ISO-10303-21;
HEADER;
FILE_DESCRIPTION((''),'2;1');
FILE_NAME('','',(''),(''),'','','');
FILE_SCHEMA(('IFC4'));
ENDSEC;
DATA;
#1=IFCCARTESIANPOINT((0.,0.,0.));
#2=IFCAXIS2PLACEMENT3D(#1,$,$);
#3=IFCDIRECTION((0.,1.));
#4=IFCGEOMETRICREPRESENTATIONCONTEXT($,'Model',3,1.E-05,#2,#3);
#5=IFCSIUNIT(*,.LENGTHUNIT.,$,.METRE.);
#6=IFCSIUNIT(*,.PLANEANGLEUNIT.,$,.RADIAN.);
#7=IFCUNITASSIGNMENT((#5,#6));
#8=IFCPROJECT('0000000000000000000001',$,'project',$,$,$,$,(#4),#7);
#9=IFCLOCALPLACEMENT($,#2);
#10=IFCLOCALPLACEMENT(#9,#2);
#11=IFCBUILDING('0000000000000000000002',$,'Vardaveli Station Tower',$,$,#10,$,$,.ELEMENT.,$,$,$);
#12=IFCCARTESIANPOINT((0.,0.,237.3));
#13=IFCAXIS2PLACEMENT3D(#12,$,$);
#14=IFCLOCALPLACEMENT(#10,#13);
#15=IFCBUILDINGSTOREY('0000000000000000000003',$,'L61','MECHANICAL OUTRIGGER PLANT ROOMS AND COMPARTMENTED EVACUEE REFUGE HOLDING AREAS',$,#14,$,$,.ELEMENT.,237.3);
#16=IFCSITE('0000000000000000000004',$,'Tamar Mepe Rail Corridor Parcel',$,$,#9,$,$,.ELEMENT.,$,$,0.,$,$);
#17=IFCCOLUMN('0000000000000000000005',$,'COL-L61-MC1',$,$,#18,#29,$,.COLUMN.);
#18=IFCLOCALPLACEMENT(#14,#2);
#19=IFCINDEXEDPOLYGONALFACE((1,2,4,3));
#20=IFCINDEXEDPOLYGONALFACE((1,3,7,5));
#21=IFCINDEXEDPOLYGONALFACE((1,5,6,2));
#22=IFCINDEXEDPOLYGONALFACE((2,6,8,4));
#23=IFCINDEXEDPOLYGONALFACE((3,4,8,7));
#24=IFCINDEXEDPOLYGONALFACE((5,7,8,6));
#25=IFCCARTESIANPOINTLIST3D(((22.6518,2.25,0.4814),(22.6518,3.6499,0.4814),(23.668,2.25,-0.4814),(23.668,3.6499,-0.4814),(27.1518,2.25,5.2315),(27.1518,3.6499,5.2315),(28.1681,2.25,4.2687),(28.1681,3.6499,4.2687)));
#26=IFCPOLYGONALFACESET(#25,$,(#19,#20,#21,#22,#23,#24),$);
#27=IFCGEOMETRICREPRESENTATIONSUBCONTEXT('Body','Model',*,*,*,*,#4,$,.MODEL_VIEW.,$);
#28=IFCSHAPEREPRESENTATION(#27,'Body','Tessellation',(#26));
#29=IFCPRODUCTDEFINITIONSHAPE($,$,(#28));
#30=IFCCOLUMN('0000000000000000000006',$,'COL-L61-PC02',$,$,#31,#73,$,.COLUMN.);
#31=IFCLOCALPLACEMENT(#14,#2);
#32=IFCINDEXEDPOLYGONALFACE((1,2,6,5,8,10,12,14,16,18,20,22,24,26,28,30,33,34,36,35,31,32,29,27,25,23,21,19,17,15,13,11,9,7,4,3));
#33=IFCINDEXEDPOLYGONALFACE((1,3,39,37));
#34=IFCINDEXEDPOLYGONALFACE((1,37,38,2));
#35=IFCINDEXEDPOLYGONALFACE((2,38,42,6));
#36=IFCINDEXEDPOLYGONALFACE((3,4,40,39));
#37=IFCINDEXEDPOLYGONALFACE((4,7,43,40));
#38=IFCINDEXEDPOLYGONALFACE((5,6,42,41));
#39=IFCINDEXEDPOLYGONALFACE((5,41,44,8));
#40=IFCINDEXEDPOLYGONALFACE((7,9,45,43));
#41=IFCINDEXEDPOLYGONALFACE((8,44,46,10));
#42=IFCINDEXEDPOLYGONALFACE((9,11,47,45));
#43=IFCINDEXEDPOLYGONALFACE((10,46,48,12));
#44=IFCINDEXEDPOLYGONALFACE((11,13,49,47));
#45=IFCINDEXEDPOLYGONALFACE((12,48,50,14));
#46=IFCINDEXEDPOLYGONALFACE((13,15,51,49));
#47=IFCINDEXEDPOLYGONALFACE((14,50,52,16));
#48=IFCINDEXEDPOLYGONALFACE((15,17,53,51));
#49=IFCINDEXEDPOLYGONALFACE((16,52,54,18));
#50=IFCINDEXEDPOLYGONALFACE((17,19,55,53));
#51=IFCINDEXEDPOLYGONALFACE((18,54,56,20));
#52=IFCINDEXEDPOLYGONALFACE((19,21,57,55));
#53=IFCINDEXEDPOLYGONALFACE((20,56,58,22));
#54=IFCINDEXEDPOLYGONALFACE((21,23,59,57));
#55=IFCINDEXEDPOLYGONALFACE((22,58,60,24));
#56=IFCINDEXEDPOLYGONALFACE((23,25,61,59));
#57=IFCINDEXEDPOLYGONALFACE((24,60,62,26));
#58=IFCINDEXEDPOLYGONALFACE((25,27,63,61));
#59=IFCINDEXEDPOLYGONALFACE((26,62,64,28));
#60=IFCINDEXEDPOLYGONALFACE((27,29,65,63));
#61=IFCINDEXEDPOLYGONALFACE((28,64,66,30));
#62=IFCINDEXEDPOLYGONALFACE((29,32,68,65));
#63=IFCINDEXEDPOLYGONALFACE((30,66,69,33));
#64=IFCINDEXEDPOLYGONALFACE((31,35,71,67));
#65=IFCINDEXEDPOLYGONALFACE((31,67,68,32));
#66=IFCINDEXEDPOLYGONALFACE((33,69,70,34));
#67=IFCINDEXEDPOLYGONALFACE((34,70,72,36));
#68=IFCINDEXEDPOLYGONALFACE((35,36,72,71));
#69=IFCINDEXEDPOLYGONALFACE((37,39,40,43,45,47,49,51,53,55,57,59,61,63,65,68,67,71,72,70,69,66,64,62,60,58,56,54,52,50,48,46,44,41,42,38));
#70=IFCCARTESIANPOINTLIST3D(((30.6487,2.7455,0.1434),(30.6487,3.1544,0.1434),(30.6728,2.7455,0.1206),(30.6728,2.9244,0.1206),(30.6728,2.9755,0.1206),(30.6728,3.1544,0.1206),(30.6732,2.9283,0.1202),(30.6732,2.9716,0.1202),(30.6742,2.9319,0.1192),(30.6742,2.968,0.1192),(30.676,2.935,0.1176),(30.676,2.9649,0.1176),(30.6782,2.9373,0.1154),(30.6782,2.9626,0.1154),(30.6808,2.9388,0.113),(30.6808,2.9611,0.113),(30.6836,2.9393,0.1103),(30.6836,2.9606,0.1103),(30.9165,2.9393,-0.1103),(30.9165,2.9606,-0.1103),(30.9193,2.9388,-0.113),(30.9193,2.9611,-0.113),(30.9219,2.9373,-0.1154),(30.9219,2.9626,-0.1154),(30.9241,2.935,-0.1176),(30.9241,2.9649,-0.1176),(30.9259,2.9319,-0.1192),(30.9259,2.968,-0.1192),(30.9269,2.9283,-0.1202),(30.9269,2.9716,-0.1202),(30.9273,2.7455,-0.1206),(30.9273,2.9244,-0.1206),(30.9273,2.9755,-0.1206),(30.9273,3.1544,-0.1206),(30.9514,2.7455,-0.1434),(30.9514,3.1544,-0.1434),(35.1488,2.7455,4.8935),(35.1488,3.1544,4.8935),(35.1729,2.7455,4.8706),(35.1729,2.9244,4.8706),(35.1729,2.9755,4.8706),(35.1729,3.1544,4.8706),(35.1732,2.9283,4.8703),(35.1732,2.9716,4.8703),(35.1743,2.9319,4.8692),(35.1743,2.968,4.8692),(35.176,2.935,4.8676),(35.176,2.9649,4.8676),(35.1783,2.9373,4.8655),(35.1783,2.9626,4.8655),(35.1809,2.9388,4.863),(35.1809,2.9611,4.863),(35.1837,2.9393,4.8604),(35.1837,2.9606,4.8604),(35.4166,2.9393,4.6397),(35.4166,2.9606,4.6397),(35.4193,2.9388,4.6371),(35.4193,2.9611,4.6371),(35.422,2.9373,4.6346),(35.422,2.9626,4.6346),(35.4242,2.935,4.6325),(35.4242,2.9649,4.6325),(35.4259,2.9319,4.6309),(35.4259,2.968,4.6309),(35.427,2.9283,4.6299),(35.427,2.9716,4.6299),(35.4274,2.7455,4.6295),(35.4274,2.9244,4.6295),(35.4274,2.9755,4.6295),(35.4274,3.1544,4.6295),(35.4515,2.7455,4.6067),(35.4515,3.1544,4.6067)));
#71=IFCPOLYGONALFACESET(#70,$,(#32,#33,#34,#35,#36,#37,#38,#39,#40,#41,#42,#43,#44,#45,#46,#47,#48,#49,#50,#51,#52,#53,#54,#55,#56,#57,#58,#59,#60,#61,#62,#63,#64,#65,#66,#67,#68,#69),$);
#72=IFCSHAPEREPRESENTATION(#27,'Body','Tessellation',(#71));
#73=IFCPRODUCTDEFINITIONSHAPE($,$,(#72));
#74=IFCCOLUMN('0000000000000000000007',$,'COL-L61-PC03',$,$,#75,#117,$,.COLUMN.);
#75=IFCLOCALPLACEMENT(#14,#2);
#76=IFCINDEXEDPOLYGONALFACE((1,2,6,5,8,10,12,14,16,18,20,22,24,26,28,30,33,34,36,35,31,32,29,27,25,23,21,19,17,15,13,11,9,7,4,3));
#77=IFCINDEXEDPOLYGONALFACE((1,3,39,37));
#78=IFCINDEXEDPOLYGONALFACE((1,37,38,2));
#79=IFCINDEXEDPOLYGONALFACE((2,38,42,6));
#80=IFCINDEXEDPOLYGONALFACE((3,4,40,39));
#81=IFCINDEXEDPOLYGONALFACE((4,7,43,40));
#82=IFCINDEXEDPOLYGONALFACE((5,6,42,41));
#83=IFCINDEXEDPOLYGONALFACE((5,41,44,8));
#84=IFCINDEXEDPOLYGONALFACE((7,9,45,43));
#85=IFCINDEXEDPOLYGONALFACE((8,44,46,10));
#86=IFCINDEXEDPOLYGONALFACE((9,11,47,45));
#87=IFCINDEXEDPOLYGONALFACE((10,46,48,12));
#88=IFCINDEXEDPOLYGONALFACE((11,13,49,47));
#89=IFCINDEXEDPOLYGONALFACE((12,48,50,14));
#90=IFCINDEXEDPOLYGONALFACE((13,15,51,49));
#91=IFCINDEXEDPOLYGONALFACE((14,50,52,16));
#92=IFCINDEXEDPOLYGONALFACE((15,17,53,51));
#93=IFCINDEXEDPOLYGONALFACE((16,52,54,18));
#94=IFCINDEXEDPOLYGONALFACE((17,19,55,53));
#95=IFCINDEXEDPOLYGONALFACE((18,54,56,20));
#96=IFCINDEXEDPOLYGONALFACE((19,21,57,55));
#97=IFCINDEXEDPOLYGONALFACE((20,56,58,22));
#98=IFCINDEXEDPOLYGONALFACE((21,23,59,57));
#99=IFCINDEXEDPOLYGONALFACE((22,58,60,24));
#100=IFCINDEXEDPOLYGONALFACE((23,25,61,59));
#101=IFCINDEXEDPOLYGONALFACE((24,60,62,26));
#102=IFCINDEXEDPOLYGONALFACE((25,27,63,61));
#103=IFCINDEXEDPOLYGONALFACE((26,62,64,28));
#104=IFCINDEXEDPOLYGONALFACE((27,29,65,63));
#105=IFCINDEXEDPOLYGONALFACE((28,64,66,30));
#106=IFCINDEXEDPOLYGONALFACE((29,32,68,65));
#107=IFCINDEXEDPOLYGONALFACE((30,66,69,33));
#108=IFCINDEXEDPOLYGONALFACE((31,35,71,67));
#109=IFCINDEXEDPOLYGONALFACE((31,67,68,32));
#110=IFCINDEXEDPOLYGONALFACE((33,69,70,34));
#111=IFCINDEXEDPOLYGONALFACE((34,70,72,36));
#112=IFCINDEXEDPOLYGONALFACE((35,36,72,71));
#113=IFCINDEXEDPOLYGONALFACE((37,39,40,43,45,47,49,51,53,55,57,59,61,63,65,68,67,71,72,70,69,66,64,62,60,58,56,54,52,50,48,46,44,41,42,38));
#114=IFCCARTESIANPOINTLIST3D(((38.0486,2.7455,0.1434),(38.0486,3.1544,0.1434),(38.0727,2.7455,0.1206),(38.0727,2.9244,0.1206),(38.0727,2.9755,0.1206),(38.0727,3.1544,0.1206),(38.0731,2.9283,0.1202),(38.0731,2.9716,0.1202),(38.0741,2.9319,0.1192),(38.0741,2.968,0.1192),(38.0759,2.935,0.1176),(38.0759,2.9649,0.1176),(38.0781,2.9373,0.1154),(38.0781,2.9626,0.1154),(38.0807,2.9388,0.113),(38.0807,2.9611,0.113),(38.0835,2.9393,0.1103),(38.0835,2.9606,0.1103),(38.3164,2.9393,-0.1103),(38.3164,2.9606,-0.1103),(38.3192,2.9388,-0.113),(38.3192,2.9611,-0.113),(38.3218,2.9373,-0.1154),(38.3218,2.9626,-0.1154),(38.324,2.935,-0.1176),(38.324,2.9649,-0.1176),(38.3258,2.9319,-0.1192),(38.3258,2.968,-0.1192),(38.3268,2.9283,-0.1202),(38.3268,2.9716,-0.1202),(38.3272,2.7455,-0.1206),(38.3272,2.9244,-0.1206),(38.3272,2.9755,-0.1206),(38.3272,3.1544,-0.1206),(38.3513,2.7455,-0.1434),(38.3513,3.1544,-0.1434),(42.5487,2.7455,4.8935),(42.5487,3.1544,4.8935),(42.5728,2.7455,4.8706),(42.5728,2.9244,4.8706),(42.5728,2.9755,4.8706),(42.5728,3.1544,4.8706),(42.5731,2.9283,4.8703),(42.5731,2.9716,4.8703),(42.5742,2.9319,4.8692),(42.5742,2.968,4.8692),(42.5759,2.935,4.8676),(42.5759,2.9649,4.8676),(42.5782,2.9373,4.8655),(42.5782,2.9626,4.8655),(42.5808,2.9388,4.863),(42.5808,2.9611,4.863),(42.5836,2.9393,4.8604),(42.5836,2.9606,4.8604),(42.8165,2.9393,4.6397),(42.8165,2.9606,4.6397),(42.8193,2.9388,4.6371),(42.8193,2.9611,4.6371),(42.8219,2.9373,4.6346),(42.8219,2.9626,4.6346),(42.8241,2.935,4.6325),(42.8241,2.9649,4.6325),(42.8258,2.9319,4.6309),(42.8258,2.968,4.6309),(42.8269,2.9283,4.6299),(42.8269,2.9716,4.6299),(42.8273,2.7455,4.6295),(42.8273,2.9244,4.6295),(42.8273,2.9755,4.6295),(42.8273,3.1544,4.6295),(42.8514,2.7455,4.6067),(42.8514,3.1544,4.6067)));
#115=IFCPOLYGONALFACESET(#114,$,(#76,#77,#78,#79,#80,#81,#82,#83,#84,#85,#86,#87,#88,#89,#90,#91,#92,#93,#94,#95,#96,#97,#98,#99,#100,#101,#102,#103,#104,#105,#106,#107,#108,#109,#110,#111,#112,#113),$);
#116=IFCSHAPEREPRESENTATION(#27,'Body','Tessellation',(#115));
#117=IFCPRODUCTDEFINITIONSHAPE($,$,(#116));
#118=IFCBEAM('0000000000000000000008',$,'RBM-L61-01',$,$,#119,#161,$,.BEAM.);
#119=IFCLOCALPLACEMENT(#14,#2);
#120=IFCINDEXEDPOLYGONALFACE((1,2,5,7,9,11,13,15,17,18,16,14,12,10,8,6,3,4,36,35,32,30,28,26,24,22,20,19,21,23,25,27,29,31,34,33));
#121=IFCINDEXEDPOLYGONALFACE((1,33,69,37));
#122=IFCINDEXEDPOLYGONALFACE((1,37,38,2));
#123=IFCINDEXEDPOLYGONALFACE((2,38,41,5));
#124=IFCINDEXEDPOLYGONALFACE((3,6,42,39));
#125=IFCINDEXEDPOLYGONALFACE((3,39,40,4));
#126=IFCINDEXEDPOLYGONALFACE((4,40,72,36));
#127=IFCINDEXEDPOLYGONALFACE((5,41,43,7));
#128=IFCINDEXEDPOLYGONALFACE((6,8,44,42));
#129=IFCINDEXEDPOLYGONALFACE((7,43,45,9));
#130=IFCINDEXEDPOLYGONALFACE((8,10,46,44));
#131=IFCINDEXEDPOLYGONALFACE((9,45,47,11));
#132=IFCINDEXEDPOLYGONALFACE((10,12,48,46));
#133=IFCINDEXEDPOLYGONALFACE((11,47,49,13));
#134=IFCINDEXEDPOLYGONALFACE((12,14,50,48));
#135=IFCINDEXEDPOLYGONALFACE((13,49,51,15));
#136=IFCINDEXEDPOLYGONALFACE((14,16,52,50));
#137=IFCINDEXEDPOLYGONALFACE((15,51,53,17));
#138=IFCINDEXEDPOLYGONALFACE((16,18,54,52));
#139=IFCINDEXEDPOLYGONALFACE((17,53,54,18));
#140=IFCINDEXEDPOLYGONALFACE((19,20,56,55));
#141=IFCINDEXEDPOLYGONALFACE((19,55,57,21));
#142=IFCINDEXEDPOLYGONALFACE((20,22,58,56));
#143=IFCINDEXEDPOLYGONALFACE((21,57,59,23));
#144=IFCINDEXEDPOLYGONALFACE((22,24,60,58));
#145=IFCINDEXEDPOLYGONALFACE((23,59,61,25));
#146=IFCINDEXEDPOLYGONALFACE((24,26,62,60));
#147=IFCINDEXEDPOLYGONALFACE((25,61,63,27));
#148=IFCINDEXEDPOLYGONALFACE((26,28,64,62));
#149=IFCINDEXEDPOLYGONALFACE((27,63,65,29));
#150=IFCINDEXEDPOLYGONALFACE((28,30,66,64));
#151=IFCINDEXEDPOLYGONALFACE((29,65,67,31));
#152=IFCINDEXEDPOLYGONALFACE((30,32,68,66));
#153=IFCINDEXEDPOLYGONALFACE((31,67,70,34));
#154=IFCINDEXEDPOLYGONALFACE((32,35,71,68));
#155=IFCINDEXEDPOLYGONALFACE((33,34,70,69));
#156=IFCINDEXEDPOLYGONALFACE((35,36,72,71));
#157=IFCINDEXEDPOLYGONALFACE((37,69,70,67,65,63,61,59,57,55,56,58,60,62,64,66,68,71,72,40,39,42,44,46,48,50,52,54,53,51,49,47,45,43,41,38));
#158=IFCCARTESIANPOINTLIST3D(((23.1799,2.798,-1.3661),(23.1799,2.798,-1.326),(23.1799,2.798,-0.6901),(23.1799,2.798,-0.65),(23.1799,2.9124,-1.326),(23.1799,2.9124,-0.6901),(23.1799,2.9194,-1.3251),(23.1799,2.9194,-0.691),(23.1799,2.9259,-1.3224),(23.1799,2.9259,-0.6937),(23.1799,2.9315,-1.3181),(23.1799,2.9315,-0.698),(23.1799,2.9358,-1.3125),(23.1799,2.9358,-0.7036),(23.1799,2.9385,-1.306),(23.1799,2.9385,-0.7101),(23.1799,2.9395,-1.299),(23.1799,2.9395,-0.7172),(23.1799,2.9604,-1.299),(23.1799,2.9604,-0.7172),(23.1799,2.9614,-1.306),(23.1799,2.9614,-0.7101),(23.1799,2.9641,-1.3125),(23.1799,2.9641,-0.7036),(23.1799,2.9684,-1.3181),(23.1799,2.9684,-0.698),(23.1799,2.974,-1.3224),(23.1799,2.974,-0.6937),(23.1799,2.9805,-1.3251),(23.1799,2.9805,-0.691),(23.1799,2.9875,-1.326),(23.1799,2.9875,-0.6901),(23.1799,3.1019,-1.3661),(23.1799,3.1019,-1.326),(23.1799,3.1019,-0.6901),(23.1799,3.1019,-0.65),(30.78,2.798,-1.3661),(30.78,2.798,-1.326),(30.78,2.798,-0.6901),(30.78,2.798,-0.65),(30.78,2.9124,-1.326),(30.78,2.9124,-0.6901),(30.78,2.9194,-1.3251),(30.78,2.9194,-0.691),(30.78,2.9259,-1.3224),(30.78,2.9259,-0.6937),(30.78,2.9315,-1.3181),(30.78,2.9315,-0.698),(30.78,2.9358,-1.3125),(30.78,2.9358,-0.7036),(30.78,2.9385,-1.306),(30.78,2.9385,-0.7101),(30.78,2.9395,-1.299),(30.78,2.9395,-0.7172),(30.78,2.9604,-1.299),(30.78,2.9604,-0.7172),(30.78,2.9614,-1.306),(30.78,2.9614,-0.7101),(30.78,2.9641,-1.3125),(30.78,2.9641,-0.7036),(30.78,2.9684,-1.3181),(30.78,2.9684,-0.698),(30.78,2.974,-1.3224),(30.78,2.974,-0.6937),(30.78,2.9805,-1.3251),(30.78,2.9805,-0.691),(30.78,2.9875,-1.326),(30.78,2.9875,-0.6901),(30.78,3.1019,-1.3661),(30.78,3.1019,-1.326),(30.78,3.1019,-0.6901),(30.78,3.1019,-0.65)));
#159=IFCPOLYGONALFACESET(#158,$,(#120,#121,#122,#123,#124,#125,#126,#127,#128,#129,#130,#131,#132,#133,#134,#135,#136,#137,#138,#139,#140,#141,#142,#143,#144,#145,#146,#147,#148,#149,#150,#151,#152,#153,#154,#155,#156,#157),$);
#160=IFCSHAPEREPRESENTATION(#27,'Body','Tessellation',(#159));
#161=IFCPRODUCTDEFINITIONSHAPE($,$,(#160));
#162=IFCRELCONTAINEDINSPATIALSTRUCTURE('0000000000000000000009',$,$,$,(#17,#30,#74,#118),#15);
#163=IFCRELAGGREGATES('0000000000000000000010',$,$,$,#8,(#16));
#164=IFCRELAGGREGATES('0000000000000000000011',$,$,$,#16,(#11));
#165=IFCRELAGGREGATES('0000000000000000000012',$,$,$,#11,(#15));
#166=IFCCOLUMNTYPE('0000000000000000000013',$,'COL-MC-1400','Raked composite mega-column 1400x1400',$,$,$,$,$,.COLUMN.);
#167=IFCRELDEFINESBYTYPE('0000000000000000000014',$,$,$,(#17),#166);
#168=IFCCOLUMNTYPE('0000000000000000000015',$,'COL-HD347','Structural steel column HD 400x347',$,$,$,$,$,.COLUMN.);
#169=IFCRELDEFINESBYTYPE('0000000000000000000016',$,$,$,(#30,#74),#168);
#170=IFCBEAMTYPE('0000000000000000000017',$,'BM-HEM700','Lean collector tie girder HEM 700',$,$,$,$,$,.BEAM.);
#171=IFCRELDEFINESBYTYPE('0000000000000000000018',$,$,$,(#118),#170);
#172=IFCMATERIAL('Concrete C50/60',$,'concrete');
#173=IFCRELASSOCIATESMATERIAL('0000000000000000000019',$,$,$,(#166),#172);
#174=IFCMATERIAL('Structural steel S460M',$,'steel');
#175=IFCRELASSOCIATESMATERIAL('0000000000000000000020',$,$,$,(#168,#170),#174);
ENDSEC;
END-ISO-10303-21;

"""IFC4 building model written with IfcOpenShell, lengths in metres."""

from ifc_helpers import new_model, si_unit, direction, frame, origin, origin_2d, place, context, subcontext, project, spatial, rectangle, i_section, extrude, source, transform, mapped, material, material_profile, profile_set, type_object, element, save


model = new_model("IFC4")

# Units and contexts
model_context = context("Model", 3, precision=1e-05, world=origin(), true_north=direction((0.0, 1.0)))
body_context = subcontext(model_context, "Body", "Model", "MODEL_VIEW")
ifc_project = project(units=[si_unit("LENGTHUNIT", "METRE"), si_unit("PLANEANGLEUNIT", "RADIAN")], contexts=[model_context])

# Site, building, storey
site_placement = place(None, origin())
site = spatial("IfcSite", under=ifc_project, at=site_placement, Name="Tamar Mepe Rail Corridor Parcel", CompositionType="ELEMENT", RefElevation=0.0)
building_placement = place(site_placement, origin())
building = spatial("IfcBuilding", under=site, at=building_placement, Name="Vardaveli Station Tower", CompositionType="ELEMENT")
storey_placement = place(building_placement, frame((0.0, 0.0, 237.3)))
storey = spatial("IfcBuildingStorey", under=building, at=storey_placement, Name="L61", Description="MECHANICAL OUTRIGGER PLANT ROOMS AND COMPARTMENTED EVACUEE REFUGE HOLDING AREAS", CompositionType="ELEMENT", Elevation=237.3)

# Columns
ifc_material_1 = material(Name="Concrete C50/60", Category="concrete")
ifc_material_profile_1 = material_profile(ifc_material_1, rectangle(XDim=1.3999, YDim=1.3999, at=origin_2d()), Name="MC 1400x1400")
ifc_profile_set_1 = profile_set([ifc_material_profile_1], Name="Concrete C50/60")
column_type_1 = type_object("IfcColumnType", Name="COL-MC-1400", Description="Raked composite mega-column 1400x1400", PredefinedType="COLUMN", material=ifc_profile_set_1)
shared_shape_1 = source(origin(), body_context, "Body", "SweptSolid", [
    extrude(rectangle(XDim=1.3999, YDim=1.3999, at=origin_2d()), origin(), (0.0, 0.0, 1.0), 6.5432),
])
column_placement = place(storey_placement, frame((23.1599, 2.95, 0.0), z_axis=(0.687745, 0.0, 0.725953), x_axis=(0.0, 1.0, 0.0)))
element("IfcColumn", 1, at=column_placement, inside=storey, type_object=column_type_1, Name="COL-L61-MC1", PredefinedType="COLUMN", context=body_context, shape_type="MappedRepresentation", body=[
    mapped(shared_shape_1, transform((0.0, 0.0, 0.0), scale=1.0)),
])
ifc_material_2 = material(Name="Structural steel S460M", Category="steel")
ifc_material_profile_2 = material_profile(ifc_material_2, i_section(OverallWidth=0.4089, OverallDepth=0.417, WebThickness=0.0212, FlangeThickness=0.0332, FilletRadius=0.0149, at=origin_2d()), Name="HD 400x347")
ifc_profile_set_2 = profile_set([ifc_material_profile_2], Name="Structural steel S460M")
column_type_2 = type_object("IfcColumnType", Name="COL-HD347", Description="Structural steel column HD 400x347", PredefinedType="COLUMN", material=ifc_profile_set_2)
shared_shape_2 = source(origin(), body_context, "Body", "SweptSolid", [
    extrude(i_section(OverallWidth=0.4089, OverallDepth=0.417, WebThickness=0.0212, FlangeThickness=0.0332, FilletRadius=0.0149, at=origin_2d()), origin(), (0.0, 0.0, 1.0), 6.5432),
])
for number, where, z_axis, x_axis, name in (
    (2, (30.8, 2.95, 0.0), (0.687745, 0.0, 0.725953), (0.0, 1.0, 0.0), "COL-L61-PC02"),
    (3, (38.2, 2.95, 0.0), (0.687745, 0.0, 0.725953), (0.0, 1.0, 0.0), "COL-L61-PC03"),
):
    element("IfcColumn", number, at=place(storey_placement, frame(where, z_axis=z_axis, x_axis=x_axis)), inside=storey, type_object=column_type_2, Name=name, PredefinedType="COLUMN", context=body_context, shape_type="MappedRepresentation", body=[
        mapped(shared_shape_2, transform((0.0, 0.0, 0.0), scale=1.0)),
    ])

# Beam
ifc_material_profile_3 = material_profile(ifc_material_2, i_section(OverallWidth=0.304, OverallDepth=0.7161, WebThickness=0.021, FlangeThickness=0.04, FilletRadius=0.0271, at=origin_2d()), Name="HEM 700")
ifc_profile_set_3 = profile_set([ifc_material_profile_3], Name="Structural steel S460M")
beam_type = type_object("IfcBeamType", Name="BM-HEM700", Description="Lean collector tie girder HEM 700", PredefinedType="BEAM", material=ifc_profile_set_3)
shared_shape_3 = source(origin(), body_context, "Body", "SweptSolid", [
    extrude(i_section(OverallWidth=0.304, OverallDepth=0.7161, WebThickness=0.021, FlangeThickness=0.04, FilletRadius=0.0271, at=origin_2d()), origin(), (0.0, 0.0, 1.0), 7.6001),
])
beam_1_placement = place(storey_placement, frame((23.1799, 2.95, -1.0081), z_axis=(1.0, 0.0, 0.0), x_axis=(0.0, 1.0, 0.0)))
element("IfcBeam", 4, at=beam_1_placement, inside=storey, type_object=beam_type, Name="RBM-L61-01", PredefinedType="BEAM", context=body_context, shape_type="MappedRepresentation", body=[
    mapped(shared_shape_3, transform((0.0, 0.0, 0.0), scale=1.0)),
])

save(model, "model.ifc")
